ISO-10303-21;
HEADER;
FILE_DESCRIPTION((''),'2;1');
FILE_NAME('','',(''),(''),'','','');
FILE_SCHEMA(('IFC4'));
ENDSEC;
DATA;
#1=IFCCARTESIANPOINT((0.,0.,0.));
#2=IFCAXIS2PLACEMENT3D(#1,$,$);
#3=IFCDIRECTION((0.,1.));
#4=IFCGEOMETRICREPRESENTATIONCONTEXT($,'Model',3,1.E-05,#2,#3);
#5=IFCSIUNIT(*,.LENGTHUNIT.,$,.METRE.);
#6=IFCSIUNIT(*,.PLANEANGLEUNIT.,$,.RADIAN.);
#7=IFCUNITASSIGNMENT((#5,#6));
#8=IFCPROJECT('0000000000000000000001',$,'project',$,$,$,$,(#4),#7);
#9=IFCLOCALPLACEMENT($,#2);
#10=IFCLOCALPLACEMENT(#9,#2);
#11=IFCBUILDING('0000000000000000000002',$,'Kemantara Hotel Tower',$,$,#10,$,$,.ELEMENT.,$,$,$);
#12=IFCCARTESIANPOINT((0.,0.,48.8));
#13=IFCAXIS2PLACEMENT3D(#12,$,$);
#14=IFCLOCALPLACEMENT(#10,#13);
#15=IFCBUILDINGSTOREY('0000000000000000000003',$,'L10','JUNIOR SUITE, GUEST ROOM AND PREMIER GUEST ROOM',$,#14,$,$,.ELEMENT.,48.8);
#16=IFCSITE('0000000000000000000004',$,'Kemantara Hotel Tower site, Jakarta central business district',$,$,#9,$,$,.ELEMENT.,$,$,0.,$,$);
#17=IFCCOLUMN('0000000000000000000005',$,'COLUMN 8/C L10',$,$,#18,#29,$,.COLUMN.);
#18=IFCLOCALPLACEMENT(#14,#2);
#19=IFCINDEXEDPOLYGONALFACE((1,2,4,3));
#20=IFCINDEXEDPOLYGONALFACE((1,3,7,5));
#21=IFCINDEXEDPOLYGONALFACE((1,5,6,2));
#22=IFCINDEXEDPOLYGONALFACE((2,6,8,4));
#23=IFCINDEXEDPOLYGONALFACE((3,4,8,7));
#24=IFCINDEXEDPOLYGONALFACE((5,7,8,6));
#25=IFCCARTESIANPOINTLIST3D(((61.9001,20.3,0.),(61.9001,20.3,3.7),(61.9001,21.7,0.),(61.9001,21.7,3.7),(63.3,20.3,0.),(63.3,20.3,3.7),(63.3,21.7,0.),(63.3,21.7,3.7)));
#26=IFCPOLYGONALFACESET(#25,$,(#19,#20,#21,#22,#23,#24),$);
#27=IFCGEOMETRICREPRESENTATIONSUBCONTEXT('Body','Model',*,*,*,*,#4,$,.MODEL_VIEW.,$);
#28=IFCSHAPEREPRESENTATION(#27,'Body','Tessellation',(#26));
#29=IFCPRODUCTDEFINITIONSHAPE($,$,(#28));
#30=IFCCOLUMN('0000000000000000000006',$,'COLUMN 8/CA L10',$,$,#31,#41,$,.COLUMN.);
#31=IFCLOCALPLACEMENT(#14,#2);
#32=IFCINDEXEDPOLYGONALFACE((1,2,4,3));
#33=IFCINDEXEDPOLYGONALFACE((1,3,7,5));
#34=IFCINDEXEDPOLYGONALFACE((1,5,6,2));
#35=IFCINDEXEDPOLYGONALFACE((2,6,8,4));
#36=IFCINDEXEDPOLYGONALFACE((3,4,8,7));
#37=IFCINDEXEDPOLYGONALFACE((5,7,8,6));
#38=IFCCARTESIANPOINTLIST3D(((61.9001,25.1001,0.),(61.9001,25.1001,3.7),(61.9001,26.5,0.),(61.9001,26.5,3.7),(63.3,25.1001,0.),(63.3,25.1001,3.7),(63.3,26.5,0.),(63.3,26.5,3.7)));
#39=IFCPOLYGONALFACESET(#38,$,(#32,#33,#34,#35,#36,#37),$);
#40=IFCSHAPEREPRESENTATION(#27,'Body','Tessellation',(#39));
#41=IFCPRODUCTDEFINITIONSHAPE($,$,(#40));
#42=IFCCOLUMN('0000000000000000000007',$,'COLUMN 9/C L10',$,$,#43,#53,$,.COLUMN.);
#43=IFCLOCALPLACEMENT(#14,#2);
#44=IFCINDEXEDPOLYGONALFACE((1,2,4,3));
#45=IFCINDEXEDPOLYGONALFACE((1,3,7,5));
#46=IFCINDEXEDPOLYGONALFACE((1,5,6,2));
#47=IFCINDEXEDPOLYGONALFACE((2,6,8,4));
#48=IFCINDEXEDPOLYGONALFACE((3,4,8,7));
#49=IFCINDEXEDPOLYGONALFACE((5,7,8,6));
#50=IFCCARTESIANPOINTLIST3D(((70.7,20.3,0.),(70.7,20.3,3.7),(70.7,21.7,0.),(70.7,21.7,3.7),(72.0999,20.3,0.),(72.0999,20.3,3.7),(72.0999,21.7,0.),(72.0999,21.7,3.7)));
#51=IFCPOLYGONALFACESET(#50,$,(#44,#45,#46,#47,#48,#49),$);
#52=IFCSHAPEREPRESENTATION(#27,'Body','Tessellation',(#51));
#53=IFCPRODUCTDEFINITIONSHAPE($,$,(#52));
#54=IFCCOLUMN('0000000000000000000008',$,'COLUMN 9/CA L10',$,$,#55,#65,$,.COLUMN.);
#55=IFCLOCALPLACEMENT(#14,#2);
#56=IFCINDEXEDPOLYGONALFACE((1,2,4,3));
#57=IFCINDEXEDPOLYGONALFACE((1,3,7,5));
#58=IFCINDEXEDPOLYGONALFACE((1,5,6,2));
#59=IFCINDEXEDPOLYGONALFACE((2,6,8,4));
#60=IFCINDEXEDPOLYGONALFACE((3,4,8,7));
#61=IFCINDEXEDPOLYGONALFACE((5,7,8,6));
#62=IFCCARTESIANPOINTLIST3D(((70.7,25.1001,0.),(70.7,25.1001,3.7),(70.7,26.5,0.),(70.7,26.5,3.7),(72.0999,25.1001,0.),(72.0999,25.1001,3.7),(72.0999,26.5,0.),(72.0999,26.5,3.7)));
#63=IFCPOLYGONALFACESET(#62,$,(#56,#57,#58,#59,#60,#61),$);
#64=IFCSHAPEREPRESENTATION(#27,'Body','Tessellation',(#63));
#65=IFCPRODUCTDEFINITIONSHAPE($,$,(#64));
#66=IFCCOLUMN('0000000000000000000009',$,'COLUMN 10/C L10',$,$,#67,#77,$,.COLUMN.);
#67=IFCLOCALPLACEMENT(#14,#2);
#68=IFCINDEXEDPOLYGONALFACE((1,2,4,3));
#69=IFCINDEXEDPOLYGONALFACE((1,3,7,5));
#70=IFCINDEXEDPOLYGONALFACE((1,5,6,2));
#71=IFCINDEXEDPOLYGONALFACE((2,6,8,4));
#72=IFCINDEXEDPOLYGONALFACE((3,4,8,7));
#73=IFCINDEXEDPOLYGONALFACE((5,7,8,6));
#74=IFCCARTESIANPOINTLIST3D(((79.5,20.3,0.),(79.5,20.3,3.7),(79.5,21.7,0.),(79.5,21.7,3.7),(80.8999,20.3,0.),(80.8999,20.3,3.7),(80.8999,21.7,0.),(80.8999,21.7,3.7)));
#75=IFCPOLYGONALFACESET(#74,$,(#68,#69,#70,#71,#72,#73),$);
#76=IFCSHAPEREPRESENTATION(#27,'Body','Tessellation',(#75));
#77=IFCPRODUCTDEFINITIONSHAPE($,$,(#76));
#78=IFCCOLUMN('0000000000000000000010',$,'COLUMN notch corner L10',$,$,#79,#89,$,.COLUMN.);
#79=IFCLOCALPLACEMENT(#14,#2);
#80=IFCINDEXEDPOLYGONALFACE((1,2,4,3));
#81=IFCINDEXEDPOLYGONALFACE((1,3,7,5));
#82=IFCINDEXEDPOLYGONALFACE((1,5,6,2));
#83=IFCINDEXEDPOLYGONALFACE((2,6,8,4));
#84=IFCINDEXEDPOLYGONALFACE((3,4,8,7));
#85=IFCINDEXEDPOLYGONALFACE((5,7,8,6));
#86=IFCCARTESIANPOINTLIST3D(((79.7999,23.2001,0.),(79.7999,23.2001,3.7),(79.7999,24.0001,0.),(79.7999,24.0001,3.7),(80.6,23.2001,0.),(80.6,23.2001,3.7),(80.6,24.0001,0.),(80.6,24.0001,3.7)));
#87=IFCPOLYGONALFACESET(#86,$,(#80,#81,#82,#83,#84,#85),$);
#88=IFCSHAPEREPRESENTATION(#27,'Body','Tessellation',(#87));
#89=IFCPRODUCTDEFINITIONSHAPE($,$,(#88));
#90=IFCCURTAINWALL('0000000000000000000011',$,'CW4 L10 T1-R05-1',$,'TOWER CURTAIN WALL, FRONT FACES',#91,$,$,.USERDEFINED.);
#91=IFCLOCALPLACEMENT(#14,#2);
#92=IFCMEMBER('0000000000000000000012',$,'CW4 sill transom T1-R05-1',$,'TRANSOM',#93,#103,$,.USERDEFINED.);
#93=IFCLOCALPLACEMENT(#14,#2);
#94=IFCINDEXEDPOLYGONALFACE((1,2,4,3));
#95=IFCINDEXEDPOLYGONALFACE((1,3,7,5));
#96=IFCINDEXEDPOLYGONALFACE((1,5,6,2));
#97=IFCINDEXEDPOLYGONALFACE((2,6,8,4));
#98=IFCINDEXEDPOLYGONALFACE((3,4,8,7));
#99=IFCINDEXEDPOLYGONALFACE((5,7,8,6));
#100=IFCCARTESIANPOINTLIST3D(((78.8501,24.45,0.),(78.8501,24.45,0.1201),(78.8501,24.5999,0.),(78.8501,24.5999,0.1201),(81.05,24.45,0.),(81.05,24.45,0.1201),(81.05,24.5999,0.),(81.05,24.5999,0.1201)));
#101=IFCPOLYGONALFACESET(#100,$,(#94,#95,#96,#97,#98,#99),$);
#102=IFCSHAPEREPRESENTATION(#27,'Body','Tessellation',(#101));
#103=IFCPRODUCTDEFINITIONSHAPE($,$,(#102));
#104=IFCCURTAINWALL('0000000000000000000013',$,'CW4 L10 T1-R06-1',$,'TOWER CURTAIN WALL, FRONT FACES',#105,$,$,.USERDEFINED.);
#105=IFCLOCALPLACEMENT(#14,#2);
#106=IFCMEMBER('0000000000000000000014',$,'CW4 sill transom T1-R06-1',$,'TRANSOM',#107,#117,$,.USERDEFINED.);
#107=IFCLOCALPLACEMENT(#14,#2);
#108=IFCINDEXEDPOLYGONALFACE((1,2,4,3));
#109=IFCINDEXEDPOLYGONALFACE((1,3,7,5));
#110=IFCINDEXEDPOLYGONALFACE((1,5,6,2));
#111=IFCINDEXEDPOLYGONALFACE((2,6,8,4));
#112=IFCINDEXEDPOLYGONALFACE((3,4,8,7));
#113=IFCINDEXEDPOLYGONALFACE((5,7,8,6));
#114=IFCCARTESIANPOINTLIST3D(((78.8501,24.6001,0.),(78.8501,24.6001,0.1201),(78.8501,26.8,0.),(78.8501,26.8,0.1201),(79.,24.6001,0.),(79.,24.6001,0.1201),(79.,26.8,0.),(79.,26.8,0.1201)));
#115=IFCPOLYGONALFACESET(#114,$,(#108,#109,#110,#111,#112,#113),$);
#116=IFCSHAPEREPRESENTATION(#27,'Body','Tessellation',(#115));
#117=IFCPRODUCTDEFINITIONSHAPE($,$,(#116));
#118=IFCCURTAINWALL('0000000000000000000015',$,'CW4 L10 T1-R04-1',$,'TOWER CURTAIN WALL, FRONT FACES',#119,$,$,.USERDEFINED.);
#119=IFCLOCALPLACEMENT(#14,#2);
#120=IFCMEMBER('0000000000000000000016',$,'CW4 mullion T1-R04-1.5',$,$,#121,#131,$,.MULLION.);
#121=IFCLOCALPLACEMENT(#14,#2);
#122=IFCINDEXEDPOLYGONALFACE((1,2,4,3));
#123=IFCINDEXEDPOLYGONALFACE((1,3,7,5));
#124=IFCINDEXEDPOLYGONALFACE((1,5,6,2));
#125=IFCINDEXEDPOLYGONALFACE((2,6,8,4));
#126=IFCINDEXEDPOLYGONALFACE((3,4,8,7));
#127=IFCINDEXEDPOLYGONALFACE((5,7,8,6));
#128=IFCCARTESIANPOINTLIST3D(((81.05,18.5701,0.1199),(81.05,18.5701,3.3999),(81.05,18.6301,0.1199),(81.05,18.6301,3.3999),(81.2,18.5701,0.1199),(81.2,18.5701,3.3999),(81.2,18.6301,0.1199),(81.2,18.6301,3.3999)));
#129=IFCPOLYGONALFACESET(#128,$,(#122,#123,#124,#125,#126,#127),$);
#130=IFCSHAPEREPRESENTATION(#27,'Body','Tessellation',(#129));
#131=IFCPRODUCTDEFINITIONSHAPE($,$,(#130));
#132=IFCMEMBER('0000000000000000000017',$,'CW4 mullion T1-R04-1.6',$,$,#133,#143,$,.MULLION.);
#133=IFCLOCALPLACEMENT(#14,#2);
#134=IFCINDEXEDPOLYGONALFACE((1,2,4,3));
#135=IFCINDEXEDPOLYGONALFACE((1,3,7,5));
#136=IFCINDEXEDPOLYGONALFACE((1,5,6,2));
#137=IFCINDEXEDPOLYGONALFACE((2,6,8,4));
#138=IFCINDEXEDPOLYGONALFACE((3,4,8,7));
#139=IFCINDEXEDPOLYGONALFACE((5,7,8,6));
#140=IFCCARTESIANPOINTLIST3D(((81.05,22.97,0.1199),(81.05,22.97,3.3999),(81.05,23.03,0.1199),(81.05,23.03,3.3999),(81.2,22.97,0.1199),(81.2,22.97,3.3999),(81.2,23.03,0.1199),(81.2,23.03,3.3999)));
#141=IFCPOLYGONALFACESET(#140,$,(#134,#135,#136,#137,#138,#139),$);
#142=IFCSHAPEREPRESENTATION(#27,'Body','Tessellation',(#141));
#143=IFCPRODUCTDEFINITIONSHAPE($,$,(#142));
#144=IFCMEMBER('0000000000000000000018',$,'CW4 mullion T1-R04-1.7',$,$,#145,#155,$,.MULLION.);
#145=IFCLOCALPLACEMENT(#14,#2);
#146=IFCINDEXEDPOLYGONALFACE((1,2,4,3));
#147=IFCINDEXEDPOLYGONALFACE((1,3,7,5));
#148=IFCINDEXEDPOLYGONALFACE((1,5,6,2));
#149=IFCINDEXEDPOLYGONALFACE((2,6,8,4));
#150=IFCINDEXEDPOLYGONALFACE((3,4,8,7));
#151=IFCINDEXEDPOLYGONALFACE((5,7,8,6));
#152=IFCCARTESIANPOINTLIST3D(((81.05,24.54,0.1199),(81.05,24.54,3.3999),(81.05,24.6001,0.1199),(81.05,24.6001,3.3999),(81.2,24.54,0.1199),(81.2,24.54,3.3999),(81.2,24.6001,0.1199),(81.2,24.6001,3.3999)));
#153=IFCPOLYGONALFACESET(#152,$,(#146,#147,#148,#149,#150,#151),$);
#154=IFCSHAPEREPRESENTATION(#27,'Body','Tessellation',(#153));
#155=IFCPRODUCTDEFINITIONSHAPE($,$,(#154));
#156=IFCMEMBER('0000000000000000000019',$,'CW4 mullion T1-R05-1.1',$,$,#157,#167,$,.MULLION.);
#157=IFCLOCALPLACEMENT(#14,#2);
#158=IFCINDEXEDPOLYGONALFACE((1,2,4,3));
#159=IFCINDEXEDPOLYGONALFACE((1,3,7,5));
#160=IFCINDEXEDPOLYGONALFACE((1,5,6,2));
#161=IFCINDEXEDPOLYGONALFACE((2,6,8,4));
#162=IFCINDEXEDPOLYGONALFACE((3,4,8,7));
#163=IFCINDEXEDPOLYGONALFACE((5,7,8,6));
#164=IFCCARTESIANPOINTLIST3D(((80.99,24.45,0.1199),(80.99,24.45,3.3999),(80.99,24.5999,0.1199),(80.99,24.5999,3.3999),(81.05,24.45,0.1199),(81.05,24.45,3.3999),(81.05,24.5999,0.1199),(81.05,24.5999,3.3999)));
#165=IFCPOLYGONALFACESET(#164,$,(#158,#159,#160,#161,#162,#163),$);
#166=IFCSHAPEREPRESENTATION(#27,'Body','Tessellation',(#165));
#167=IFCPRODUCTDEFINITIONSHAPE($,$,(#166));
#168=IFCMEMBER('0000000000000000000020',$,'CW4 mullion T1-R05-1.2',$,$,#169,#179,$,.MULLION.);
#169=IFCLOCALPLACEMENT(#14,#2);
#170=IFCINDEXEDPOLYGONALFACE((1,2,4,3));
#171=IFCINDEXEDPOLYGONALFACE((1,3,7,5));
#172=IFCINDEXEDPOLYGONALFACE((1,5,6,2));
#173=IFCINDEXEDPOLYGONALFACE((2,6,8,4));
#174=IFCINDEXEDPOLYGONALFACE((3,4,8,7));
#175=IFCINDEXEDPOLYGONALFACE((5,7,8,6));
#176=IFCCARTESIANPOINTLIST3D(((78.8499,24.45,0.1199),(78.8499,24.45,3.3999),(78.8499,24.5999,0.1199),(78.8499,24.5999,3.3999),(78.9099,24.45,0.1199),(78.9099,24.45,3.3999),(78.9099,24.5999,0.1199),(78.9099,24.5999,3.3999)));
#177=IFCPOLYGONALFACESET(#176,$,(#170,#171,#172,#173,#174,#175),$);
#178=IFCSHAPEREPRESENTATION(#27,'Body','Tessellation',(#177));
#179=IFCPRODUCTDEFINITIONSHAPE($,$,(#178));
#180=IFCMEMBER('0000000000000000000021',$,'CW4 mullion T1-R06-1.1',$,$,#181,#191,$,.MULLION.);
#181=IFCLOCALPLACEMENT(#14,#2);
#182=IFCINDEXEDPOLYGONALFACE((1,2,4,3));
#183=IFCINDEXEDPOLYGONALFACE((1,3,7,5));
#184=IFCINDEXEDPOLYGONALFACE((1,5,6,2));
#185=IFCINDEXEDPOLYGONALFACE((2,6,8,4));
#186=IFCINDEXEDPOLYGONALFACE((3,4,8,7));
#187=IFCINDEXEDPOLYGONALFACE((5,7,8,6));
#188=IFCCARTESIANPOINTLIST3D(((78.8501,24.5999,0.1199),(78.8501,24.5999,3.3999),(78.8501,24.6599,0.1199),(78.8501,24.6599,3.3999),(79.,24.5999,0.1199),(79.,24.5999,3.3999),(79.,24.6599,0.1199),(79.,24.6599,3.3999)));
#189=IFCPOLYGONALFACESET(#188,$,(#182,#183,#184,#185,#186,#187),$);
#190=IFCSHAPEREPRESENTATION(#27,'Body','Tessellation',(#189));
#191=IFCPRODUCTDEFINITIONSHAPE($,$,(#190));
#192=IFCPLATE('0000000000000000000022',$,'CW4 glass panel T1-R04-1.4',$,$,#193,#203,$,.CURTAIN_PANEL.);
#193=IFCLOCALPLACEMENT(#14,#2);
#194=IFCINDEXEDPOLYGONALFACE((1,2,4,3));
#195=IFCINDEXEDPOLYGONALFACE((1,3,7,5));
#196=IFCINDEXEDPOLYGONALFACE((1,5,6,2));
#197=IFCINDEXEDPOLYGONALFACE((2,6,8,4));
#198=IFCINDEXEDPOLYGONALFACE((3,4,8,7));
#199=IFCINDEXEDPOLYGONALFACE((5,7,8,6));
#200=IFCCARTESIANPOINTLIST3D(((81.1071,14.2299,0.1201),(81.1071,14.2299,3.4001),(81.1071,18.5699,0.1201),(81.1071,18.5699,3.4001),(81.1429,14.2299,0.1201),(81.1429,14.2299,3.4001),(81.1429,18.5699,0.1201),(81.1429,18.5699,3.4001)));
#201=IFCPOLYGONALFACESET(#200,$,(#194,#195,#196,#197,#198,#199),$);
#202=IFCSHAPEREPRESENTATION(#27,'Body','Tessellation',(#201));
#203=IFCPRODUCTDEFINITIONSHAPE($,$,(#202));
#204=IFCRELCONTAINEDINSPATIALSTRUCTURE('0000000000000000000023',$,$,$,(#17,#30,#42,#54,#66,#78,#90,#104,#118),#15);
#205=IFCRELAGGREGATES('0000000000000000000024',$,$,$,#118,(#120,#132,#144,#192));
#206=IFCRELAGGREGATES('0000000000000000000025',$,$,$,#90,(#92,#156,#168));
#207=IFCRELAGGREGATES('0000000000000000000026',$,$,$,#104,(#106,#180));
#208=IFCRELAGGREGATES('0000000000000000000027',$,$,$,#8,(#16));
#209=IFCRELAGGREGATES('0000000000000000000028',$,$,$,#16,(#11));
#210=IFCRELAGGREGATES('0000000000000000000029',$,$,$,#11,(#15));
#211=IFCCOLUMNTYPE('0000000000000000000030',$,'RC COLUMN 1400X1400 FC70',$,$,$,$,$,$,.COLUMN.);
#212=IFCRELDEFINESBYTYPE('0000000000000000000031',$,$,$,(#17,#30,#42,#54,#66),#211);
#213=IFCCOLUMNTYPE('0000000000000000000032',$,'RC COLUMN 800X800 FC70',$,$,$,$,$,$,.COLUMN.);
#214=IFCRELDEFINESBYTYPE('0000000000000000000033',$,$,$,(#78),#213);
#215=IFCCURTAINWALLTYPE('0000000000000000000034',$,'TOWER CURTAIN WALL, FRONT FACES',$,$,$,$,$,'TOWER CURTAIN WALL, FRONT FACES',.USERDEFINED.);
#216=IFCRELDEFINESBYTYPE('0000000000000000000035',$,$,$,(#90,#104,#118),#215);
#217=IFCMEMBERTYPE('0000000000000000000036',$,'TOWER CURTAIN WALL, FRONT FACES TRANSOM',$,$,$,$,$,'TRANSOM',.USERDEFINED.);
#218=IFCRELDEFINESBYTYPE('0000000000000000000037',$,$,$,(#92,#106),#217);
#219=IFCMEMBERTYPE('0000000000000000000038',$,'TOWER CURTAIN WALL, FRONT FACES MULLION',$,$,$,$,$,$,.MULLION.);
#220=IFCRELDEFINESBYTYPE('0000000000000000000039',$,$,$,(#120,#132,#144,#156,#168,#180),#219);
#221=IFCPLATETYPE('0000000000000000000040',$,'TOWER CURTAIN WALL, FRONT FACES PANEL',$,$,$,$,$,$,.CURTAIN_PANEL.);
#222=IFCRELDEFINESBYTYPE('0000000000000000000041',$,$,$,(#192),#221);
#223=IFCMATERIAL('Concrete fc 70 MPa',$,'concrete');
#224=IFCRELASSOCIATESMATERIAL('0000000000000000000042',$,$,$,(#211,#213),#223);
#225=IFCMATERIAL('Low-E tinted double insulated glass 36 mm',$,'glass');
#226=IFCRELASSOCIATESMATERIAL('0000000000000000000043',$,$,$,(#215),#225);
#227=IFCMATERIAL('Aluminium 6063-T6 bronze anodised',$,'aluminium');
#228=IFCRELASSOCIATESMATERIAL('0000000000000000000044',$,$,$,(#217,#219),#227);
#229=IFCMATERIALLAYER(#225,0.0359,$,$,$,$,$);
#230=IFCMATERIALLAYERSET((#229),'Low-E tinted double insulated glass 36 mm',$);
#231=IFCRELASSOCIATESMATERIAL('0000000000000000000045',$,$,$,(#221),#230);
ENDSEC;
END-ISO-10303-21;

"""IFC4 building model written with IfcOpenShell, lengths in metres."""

from ifc_helpers import new_model, si_unit, direction, frame, origin, origin_2d, place, context, subcontext, project, spatial, rectangle, extrude, source, transform, mapped, material, layer, layer_set, material_profile, profile_set, type_object, element, aggregate, save


model = new_model("IFC4")

# Units and contexts
model_context = context("Model", 3, precision=1e-05, world=origin(), true_north=direction((0.0, 1.0)))
body_context = subcontext(model_context, "Body", "Model", "MODEL_VIEW")
ifc_project = project(units=[si_unit("LENGTHUNIT", "METRE"), si_unit("PLANEANGLEUNIT", "RADIAN")], contexts=[model_context])

# Site, building, storey
site_placement = place(None, origin())
site = spatial("IfcSite", under=ifc_project, at=site_placement, Name="Kemantara Hotel Tower site, Jakarta central business district", CompositionType="ELEMENT", RefElevation=0.0)
building_placement = place(site_placement, origin())
building = spatial("IfcBuilding", under=site, at=building_placement, Name="Kemantara Hotel Tower", CompositionType="ELEMENT")
storey_placement = place(building_placement, frame((0.0, 0.0, 48.8)))
storey = spatial("IfcBuildingStorey", under=building, at=storey_placement, Name="L10", Description="JUNIOR SUITE, GUEST ROOM AND PREMIER GUEST ROOM", CompositionType="ELEMENT", Elevation=48.8)

# Columns
ifc_material_1 = material(Name="Concrete fc 70 MPa", Category="concrete")
ifc_material_profile_1 = material_profile(ifc_material_1, rectangle(XDim=1.3999, YDim=1.3999, at=origin_2d()), Name="RC 1400X1400")
ifc_profile_set_1 = profile_set([ifc_material_profile_1], Name="Concrete fc 70 MPa")
column_type_1 = type_object("IfcColumnType", Name="RC COLUMN 1400X1400 FC70", PredefinedType="COLUMN", material=ifc_profile_set_1)
for number, where, z_axis, x_axis, name in (
    (1, (62.6001, 21.0, 0.0), (0.0, 0.0, 1.0), (1.0, 0.0, 0.0), "COLUMN 8/C L10"),
    (2, (62.6001, 25.8, 0.0), (0.0, 0.0, 1.0), (1.0, 0.0, 0.0), "COLUMN 8/CA L10"),
    (3, (71.3999, 21.0, 0.0), (0.0, 0.0, 1.0), (1.0, 0.0, 0.0), "COLUMN 9/C L10"),
    (4, (71.3999, 25.8, 0.0), (0.0, 0.0, 1.0), (1.0, 0.0, 0.0), "COLUMN 9/CA L10"),
    (5, (80.2, 21.0, 0.0), (0.0, 0.0, 1.0), (1.0, 0.0, 0.0), "COLUMN 10/C L10"),
):
    element("IfcColumn", number, at=place(storey_placement, frame(where, z_axis=z_axis, x_axis=x_axis)), inside=storey, type_object=column_type_1, Name=name, PredefinedType="COLUMN", context=body_context, shape_type="SweptSolid", body=[
        extrude(rectangle(XDim=1.3999, YDim=1.3999, at=origin_2d()), origin(), (0.0, 0.0, 1.0), 3.7),
    ])
ifc_material_profile_2 = material_profile(ifc_material_1, rectangle(XDim=0.8, YDim=0.8, at=origin_2d()), Name="RC 800X800")
ifc_profile_set_2 = profile_set([ifc_material_profile_2], Name="Concrete fc 70 MPa")
column_type_2 = type_object("IfcColumnType", Name="RC COLUMN 800X800 FC70", PredefinedType="COLUMN", material=ifc_profile_set_2)
column_placement = place(storey_placement, frame((80.2, 23.6001, 0.0), z_axis=(0.0, 0.0, 1.0), x_axis=(1.0, 0.0, 0.0)))
element("IfcColumn", 6, at=column_placement, inside=storey, type_object=column_type_2, Name="COLUMN notch corner L10", PredefinedType="COLUMN", context=body_context, shape_type="SweptSolid", body=[
    extrude(rectangle(XDim=0.8, YDim=0.8, at=origin_2d()), origin(), (0.0, 0.0, 1.0), 3.7),
])

# Curtain walls, members
ifc_material_2 = material(Name="Low-E tinted double insulated glass 36 mm", Category="glass")
curtain_wall_type = type_object("IfcCurtainWallType", Name="TOWER CURTAIN WALL, FRONT FACES", ElementType="TOWER CURTAIN WALL, FRONT FACES", PredefinedType="USERDEFINED", material=ifc_material_2)
curtain_wall_1_placement = place(storey_placement, origin())
curtain_wall_1 = element("IfcCurtainWall", 7, at=curtain_wall_1_placement, inside=storey, type_object=curtain_wall_type, Name="CW4 L10 T1-R05-1", ObjectType="TOWER CURTAIN WALL, FRONT FACES", PredefinedType="USERDEFINED")
ifc_material_3 = material(Name="Aluminium 6063-T6 bronze anodised", Category="aluminium")
ifc_material_profile_3 = material_profile(ifc_material_3, rectangle(XDim=0.1499, YDim=0.1201, at=origin_2d()), Name="TOWER CURTAIN WALL, FRONT FACES TRANSOM")
ifc_profile_set_3 = profile_set([ifc_material_profile_3], Name="Aluminium 6063-T6 bronze anodised")
member_type_1 = type_object("IfcMemberType", Name="TOWER CURTAIN WALL, FRONT FACES TRANSOM", ElementType="TRANSOM", PredefinedType="USERDEFINED", material=ifc_profile_set_3)
member_1_placement = place(storey_placement, frame((81.05, 24.5249, 0.0601), z_axis=(-1.0, 0.0, 0.0), x_axis=(0.0, -1.0, 0.0)))
member_1 = element("IfcMember", 8, at=member_1_placement, type_object=member_type_1, Name="CW4 sill transom T1-R05-1", ObjectType="TRANSOM", PredefinedType="USERDEFINED", context=body_context, shape_type="SweptSolid", body=[
    extrude(rectangle(XDim=0.1499, YDim=0.1201, at=origin_2d()), origin(), (0.0, 0.0, 1.0), 2.2),
])
curtain_wall_2_placement = place(storey_placement, origin())
curtain_wall_2 = element("IfcCurtainWall", 9, at=curtain_wall_2_placement, inside=storey, type_object=curtain_wall_type, Name="CW4 L10 T1-R06-1", ObjectType="TOWER CURTAIN WALL, FRONT FACES", PredefinedType="USERDEFINED")
member_2_placement = place(storey_placement, frame((78.925, 24.6001, 0.0601), z_axis=(0.0, 1.0, 0.0), x_axis=(-1.0, 0.0, 0.0)))
member_2 = element("IfcMember", 10, at=member_2_placement, type_object=member_type_1, Name="CW4 sill transom T1-R06-1", ObjectType="TRANSOM", PredefinedType="USERDEFINED", context=body_context, shape_type="SweptSolid", body=[
    extrude(rectangle(XDim=0.1499, YDim=0.1201, at=origin_2d()), origin(), (0.0, 0.0, 1.0), 2.2),
])

# Curtain wall, members
curtain_wall_3_placement = place(storey_placement, origin())
curtain_wall_3 = element("IfcCurtainWall", 11, at=curtain_wall_3_placement, inside=storey, type_object=curtain_wall_type, Name="CW4 L10 T1-R04-1", ObjectType="TOWER CURTAIN WALL, FRONT FACES", PredefinedType="USERDEFINED")
ifc_material_profile_4 = material_profile(ifc_material_3, rectangle(XDim=0.1499, YDim=0.0601, at=origin_2d()), Name="TOWER CURTAIN WALL, FRONT FACES MULLION")
ifc_profile_set_4 = profile_set([ifc_material_profile_4], Name="Aluminium 6063-T6 bronze anodised")
member_type_2 = type_object("IfcMemberType", Name="TOWER CURTAIN WALL, FRONT FACES MULLION", PredefinedType="MULLION", material=ifc_profile_set_4)
shared_shape_1 = source(origin(), body_context, "Body", "SweptSolid", [
    extrude(rectangle(XDim=0.1499, YDim=0.0601, at=origin_2d()), origin(), (0.0, 0.0, 1.0), 3.28),
])
member_3_placement = place(storey_placement, frame((81.125, 18.6001, 0.1199), z_axis=(0.0, 0.0, 1.0), x_axis=(-1.0, 0.0, 0.0)))
member_3 = element("IfcMember", 12, at=member_3_placement, type_object=member_type_2, Name="CW4 mullion T1-R04-1.5", PredefinedType="MULLION", context=body_context, shape_type="MappedRepresentation", body=[
    mapped(shared_shape_1, transform((0.0, 0.0, 0.0))),
])
member_4_placement = place(storey_placement, frame((81.125, 23.0, 0.1199), z_axis=(0.0, 0.0, 1.0), x_axis=(-1.0, 0.0, 0.0)))
member_4 = element("IfcMember", 13, at=member_4_placement, type_object=member_type_2, Name="CW4 mullion T1-R04-1.6", PredefinedType="MULLION", context=body_context, shape_type="MappedRepresentation", body=[
    mapped(shared_shape_1, transform((0.0, 0.0, 0.0))),
])
member_5_placement = place(storey_placement, frame((81.125, 24.5701, 0.1199), z_axis=(0.0, 0.0, 1.0), x_axis=(-1.0, 0.0, 0.0)))
member_5 = element("IfcMember", 14, at=member_5_placement, type_object=member_type_2, Name="CW4 mullion T1-R04-1.7", PredefinedType="MULLION", context=body_context, shape_type="MappedRepresentation", body=[
    mapped(shared_shape_1, transform((0.0, 0.0, 0.0))),
])

# Members
member_6_placement = place(storey_placement, frame((81.02, 24.5249, 0.1199), z_axis=(0.0, 0.0, 1.0), x_axis=(0.0, -1.0, 0.0)))
member_6 = element("IfcMember", 15, at=member_6_placement, type_object=member_type_2, Name="CW4 mullion T1-R05-1.1", PredefinedType="MULLION", context=body_context, shape_type="MappedRepresentation", body=[
    mapped(shared_shape_1, transform((0.0, 0.0, 0.0))),
])
member_7_placement = place(storey_placement, frame((78.8799, 24.5249, 0.1199), z_axis=(0.0, 0.0, 1.0), x_axis=(0.0, -1.0, 0.0)))
member_7 = element("IfcMember", 16, at=member_7_placement, type_object=member_type_2, Name="CW4 mullion T1-R05-1.2", PredefinedType="MULLION", context=body_context, shape_type="MappedRepresentation", body=[
    mapped(shared_shape_1, transform((0.0, 0.0, 0.0))),
])
member_8_placement = place(storey_placement, frame((78.925, 24.6299, 0.1199), z_axis=(0.0, 0.0, 1.0), x_axis=(-1.0, 0.0, 0.0)))
member_8 = element("IfcMember", 17, at=member_8_placement, type_object=member_type_2, Name="CW4 mullion T1-R06-1.1", PredefinedType="MULLION", context=body_context, shape_type="MappedRepresentation", body=[
    mapped(shared_shape_1, transform((0.0, 0.0, 0.0))),
])

# Plate
ifc_layer_1 = layer(ifc_material_2, 0.0359)
ifc_layer_set_1 = layer_set([ifc_layer_1], Name="Low-E tinted double insulated glass 36 mm")
plate_type = type_object("IfcPlateType", Name="TOWER CURTAIN WALL, FRONT FACES PANEL", PredefinedType="CURTAIN_PANEL", material=ifc_layer_set_1)
shared_shape_2 = source(origin(), body_context, "Body", "SweptSolid", [
    extrude(rectangle(XDim=4.3401, YDim=0.0359, at=origin_2d()), origin(), (0.0, 0.0, 1.0), 3.28),
])
plate_1_placement = place(storey_placement, frame((81.125, 16.3999, 0.1201), z_axis=(0.0, 0.0, 1.0), x_axis=(0.0, 1.0, 0.0)))
plate_1 = element("IfcPlate", 18, at=plate_1_placement, type_object=plate_type, Name="CW4 glass panel T1-R04-1.4", PredefinedType="CURTAIN_PANEL", context=body_context, shape_type="MappedRepresentation", body=[
    mapped(shared_shape_2, transform((0.0, 0.0, 0.0))),
])

aggregate(curtain_wall_3, [member_3, member_4, member_5, plate_1])
aggregate(curtain_wall_1, [member_1, member_6, member_7])
aggregate(curtain_wall_2, [member_2, member_8])

save(model, "model.ifc")
